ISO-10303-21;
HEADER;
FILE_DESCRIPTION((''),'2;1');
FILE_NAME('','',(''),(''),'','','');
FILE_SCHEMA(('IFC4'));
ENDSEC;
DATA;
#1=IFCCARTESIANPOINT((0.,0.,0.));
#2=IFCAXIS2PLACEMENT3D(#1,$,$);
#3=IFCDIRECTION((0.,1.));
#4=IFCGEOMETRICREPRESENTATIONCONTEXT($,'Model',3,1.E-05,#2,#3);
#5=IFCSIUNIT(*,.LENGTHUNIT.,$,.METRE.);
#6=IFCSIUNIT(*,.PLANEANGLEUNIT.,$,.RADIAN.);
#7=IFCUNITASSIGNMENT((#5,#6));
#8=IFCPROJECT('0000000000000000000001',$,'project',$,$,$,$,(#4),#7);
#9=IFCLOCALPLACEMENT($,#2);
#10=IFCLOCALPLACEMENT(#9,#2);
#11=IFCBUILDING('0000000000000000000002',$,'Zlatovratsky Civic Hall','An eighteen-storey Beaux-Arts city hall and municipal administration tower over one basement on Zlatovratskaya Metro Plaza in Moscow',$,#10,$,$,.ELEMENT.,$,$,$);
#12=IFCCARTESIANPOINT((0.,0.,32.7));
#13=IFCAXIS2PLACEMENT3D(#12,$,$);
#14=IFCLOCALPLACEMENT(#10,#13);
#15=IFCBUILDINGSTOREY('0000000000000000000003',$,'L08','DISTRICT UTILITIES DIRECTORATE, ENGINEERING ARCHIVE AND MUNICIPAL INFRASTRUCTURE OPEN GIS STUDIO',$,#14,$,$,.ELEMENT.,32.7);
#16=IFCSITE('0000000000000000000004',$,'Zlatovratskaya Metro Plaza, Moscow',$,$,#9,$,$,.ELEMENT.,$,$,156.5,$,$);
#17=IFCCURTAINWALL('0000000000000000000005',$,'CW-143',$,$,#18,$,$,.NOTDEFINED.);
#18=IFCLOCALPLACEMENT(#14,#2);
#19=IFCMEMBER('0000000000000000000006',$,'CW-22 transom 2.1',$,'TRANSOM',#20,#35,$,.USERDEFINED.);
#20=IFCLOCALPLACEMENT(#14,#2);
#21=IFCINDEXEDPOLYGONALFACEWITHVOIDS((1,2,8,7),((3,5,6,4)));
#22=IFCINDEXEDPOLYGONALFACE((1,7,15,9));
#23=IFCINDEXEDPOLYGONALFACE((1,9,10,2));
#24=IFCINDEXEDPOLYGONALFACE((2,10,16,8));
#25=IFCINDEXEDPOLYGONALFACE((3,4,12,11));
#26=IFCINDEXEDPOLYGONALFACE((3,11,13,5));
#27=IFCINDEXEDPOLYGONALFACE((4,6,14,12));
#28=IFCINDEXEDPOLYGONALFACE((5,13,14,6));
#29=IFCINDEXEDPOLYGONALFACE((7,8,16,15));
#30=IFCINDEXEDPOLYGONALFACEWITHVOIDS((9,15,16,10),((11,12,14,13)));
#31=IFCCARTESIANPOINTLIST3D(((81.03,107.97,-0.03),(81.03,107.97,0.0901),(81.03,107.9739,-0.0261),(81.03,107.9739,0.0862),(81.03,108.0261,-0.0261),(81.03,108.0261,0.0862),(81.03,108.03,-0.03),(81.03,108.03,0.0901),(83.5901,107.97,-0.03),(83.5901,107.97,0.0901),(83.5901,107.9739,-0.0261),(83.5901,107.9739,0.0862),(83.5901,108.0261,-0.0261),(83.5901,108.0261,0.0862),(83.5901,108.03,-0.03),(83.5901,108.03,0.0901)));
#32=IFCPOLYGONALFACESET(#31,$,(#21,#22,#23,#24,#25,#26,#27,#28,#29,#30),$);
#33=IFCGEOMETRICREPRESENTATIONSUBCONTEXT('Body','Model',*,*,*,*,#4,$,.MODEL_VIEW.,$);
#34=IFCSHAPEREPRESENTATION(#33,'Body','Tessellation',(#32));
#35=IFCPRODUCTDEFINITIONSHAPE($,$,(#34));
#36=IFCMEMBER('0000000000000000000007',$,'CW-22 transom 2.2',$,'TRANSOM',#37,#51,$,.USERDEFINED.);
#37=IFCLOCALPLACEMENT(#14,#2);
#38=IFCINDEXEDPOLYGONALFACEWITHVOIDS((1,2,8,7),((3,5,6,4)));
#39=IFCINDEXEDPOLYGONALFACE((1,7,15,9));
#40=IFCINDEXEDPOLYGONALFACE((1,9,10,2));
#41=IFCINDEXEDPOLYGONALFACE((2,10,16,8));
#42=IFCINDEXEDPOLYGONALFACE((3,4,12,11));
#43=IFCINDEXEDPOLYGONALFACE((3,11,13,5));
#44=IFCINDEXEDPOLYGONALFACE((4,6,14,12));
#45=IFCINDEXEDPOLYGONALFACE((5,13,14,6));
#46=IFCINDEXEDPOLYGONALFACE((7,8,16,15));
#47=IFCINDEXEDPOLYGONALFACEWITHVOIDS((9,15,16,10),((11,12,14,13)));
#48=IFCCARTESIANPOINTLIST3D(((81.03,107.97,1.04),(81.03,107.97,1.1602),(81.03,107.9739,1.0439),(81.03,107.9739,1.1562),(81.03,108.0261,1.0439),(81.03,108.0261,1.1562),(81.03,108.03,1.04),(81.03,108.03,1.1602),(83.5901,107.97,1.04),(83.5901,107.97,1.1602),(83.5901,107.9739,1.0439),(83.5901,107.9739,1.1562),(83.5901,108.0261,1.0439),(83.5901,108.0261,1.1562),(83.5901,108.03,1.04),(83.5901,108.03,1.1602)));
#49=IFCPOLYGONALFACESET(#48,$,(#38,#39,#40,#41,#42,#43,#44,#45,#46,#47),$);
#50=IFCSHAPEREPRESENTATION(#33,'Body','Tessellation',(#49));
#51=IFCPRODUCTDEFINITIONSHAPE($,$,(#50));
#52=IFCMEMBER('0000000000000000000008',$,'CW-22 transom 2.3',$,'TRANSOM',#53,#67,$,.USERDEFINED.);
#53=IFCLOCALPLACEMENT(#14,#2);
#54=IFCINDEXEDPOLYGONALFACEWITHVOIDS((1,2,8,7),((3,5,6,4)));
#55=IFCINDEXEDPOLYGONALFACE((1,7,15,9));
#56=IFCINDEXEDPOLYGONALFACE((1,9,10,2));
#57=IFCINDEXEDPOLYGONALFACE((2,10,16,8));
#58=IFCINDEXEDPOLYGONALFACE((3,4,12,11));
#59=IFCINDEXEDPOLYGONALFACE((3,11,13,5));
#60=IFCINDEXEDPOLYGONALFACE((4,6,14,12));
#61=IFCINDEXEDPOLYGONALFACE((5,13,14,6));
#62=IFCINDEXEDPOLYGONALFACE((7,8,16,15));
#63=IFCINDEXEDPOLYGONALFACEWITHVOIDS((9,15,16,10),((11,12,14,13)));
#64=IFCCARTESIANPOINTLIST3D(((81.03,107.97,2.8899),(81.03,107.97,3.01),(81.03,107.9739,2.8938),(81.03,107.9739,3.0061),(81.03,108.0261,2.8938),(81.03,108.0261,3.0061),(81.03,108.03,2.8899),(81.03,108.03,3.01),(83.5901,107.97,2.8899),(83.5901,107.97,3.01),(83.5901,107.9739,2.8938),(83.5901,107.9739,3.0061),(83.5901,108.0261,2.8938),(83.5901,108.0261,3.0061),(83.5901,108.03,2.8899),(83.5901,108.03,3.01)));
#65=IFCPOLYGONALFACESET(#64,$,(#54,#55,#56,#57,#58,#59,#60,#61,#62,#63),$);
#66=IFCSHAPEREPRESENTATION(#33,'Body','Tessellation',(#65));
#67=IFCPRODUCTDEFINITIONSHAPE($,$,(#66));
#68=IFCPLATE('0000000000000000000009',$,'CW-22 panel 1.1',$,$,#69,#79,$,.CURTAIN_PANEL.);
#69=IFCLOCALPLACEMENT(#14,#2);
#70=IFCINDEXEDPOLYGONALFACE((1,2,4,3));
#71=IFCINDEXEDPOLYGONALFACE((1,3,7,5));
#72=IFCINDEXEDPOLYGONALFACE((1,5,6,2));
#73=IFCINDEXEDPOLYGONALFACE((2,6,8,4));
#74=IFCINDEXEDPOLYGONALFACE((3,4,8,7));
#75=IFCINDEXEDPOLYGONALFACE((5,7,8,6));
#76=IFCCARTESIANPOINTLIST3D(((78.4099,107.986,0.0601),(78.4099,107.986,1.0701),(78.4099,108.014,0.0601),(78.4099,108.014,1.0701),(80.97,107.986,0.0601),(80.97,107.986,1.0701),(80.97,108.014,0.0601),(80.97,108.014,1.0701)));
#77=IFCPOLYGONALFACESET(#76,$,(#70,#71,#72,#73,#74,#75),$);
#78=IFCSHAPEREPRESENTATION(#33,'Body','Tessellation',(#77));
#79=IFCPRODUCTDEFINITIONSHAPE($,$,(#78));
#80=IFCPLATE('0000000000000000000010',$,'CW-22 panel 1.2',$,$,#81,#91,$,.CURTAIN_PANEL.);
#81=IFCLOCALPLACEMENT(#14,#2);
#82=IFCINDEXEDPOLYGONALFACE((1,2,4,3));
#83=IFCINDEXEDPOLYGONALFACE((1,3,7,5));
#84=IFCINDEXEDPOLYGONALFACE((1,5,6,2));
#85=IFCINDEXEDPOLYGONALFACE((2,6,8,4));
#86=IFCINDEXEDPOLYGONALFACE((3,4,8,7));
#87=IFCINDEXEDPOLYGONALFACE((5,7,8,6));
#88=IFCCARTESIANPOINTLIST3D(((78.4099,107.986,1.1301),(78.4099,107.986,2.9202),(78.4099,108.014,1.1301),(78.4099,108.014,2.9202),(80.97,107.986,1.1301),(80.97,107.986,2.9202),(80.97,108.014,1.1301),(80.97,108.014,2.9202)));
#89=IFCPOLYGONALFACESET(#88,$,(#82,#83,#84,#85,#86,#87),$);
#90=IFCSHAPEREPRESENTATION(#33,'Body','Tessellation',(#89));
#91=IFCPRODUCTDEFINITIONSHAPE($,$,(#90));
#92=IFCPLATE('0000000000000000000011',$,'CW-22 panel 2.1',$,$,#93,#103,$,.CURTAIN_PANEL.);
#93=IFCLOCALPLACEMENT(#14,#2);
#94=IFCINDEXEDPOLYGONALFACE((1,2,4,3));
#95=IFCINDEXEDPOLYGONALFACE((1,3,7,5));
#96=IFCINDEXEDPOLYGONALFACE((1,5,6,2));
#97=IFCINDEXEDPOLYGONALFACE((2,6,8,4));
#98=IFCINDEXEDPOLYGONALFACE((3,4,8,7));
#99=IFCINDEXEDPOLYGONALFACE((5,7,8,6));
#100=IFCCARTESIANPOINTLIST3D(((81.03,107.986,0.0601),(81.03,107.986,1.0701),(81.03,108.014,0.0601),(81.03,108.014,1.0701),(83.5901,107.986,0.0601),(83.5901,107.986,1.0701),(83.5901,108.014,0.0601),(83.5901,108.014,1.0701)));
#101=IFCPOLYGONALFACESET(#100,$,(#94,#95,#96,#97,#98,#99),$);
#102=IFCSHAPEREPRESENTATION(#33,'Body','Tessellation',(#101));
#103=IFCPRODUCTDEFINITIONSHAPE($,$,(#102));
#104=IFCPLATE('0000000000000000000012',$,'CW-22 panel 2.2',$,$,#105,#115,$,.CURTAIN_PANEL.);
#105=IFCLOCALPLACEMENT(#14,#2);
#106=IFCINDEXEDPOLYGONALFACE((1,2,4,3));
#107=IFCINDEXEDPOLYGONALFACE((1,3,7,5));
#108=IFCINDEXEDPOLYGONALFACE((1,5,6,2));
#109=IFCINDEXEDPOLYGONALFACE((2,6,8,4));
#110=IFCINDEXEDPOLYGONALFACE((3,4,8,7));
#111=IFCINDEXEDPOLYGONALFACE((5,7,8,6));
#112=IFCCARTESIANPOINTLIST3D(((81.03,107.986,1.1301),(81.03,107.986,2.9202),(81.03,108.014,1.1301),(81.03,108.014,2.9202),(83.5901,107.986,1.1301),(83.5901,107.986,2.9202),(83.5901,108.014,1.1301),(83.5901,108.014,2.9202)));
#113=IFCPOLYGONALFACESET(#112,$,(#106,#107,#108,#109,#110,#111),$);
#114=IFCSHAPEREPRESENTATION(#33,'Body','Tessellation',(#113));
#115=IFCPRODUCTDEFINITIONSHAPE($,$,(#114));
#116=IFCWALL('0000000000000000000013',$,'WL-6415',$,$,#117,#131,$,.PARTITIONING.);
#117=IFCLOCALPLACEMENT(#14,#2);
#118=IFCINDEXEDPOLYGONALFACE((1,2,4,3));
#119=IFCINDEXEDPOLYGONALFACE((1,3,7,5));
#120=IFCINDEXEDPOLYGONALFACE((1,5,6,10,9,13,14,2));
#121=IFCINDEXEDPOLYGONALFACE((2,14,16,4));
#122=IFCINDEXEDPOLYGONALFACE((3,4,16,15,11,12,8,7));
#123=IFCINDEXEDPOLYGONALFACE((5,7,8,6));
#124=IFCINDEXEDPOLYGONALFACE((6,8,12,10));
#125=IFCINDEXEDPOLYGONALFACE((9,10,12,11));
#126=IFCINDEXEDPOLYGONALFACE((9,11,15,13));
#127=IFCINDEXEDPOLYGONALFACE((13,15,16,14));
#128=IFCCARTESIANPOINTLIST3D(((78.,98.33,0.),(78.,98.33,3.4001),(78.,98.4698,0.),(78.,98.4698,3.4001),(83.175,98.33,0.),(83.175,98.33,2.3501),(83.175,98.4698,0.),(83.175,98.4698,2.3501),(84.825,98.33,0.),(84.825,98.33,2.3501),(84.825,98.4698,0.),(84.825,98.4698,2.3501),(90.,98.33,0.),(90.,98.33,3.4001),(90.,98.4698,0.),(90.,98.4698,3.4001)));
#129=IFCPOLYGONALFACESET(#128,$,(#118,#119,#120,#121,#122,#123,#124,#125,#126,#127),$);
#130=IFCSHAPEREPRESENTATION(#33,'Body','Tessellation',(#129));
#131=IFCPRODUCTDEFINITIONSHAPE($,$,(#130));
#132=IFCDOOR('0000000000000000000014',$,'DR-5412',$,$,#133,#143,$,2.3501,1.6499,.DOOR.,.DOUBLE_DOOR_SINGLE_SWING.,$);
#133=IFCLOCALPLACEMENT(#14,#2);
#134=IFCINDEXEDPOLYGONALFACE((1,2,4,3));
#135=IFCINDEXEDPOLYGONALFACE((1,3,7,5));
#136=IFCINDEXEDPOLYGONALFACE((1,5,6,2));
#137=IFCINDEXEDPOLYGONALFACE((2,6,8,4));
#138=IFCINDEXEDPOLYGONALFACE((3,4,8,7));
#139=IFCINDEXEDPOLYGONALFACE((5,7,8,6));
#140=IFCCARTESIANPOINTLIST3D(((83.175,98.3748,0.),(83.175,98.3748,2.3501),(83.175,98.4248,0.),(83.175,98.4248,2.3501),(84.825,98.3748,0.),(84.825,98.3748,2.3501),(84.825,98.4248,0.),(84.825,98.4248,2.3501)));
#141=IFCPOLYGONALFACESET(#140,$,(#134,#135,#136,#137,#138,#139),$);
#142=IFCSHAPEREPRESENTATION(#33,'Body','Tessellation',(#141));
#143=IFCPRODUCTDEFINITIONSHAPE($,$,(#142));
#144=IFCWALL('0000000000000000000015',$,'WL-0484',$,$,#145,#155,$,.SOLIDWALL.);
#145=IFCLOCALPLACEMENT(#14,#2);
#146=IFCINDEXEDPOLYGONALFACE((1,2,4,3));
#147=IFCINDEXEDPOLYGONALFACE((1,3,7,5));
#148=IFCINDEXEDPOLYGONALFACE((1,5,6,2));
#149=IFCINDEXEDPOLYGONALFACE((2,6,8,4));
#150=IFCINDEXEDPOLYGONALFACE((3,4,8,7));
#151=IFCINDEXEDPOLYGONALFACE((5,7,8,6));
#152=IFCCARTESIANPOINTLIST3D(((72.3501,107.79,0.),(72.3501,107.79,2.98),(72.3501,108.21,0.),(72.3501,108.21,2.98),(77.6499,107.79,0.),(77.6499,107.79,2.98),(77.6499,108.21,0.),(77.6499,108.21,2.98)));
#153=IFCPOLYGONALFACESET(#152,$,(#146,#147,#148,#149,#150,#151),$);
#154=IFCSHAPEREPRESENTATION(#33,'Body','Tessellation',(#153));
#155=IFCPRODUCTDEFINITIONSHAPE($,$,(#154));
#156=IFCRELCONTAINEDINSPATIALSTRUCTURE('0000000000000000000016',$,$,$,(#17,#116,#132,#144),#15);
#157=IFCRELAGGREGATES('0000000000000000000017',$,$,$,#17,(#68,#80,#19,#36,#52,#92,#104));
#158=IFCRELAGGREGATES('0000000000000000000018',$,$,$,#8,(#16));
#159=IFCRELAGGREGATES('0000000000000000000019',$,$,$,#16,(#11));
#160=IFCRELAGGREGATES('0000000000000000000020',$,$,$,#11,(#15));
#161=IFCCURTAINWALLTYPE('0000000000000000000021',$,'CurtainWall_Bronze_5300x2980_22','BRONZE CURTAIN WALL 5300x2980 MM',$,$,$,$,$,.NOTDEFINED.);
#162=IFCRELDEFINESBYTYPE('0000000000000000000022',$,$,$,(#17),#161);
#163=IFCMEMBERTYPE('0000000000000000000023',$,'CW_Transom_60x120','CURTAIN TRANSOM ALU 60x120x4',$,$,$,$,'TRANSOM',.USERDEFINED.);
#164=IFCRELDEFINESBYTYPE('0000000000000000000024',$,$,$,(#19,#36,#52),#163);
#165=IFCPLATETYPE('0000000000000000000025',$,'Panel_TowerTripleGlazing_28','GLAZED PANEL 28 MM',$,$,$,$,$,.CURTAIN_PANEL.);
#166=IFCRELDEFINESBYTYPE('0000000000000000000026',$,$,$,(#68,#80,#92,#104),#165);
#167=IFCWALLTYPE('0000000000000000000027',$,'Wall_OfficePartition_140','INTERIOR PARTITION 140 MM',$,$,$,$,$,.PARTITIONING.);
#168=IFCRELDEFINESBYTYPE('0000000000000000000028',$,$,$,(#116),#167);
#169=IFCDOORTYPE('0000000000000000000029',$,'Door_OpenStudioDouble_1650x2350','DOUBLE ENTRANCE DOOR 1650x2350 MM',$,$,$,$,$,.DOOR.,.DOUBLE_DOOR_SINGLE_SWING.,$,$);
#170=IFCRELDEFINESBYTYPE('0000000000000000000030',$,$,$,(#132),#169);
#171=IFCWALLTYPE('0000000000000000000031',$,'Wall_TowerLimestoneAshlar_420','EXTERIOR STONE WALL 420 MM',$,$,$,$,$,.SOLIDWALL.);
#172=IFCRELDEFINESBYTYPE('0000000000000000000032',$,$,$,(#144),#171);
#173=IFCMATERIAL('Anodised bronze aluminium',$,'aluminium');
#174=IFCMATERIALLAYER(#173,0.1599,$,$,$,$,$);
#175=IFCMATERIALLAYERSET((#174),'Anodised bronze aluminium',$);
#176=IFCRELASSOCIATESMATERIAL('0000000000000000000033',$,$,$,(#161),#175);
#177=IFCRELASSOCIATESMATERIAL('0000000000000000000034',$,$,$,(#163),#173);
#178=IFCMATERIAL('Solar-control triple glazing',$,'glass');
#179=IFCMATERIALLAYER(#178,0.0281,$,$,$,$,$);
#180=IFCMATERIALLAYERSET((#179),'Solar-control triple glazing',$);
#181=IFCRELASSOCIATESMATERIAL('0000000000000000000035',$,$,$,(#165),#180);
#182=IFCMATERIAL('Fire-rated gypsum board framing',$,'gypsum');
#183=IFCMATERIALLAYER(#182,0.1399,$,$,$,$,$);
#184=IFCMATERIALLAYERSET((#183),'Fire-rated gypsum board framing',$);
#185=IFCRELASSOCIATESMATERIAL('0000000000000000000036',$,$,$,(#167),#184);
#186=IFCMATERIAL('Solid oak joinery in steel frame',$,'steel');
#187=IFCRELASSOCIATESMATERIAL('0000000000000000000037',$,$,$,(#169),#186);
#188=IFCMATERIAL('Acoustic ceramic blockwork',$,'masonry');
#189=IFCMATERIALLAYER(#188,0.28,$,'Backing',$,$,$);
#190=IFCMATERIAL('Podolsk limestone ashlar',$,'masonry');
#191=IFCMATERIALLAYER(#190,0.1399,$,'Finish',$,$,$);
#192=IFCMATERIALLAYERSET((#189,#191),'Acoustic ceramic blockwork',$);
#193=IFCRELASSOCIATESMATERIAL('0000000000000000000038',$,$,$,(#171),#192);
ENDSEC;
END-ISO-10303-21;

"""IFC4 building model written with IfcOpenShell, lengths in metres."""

from ifc_helpers import new_model, si_unit, direction, frame, frame_2d, origin, origin_2d, place, context, subcontext, project, spatial, rectangle, hollow_rectangle, extrude, material, layer, layer_set, material_profile, profile_set, type_object, element, fill, aggregate, save


model = new_model("IFC4")

# Units and contexts
model_context = context("Model", 3, precision=1e-05, world=origin(), true_north=direction((0.0, 1.0)))
body_context = subcontext(model_context, "Body", "Model", "MODEL_VIEW")
ifc_project = project(units=[si_unit("LENGTHUNIT", "METRE"), si_unit("PLANEANGLEUNIT", "RADIAN")], contexts=[model_context])

# Site, building, storey
site_placement = place(None, origin())
site = spatial("IfcSite", under=ifc_project, at=site_placement, Name="Zlatovratskaya Metro Plaza, Moscow", CompositionType="ELEMENT", RefElevation=156.5)
building_placement = place(site_placement, origin())
building = spatial("IfcBuilding", under=site, at=building_placement, Name="Zlatovratsky Civic Hall", Description="An eighteen-storey Beaux-Arts city hall and municipal administration tower over one basement on Zlatovratskaya Metro Plaza in Moscow", CompositionType="ELEMENT")
storey_placement = place(building_placement, frame((0.0, 0.0, 32.7)))
storey = spatial("IfcBuildingStorey", under=building, at=storey_placement, Name="L08", Description="DISTRICT UTILITIES DIRECTORATE, ENGINEERING ARCHIVE AND MUNICIPAL INFRASTRUCTURE OPEN GIS STUDIO", CompositionType="ELEMENT", Elevation=32.7)

# Curtain wall, members, plates
ifc_material_1 = material(Name="Anodised bronze aluminium", Category="aluminium")
ifc_layer_1 = layer(ifc_material_1, 0.1599)
ifc_layer_set_1 = layer_set([ifc_layer_1], Name="Anodised bronze aluminium")
curtain_wall_type = type_object("IfcCurtainWallType", Name="CurtainWall_Bronze_5300x2980_22", Description="BRONZE CURTAIN WALL 5300x2980 MM", PredefinedType="NOTDEFINED", material=ifc_layer_set_1)
curtain_wall_placement = place(storey_placement, origin())
curtain_wall = element("IfcCurtainWall", 1, at=curtain_wall_placement, inside=storey, type_object=curtain_wall_type, Name="CW-143", PredefinedType="NOTDEFINED")
ifc_material_profile_1 = material_profile(ifc_material_1, hollow_rectangle(XDim=0.0601, YDim=0.1201, WallThickness=0.0039, at=origin_2d()), Name="ALU 60x120x4")
ifc_profile_set_1 = profile_set([ifc_material_profile_1], Name="Anodised bronze aluminium")
member_type_1 = type_object("IfcMemberType", Name="CW_Transom_60x120", Description="CURTAIN TRANSOM ALU 60x120x4", ElementType="TRANSOM", PredefinedType="USERDEFINED", material=ifc_profile_set_1)
member_1_placement = place(storey_placement, frame((81.03, 108.0, 0.03), z_axis=(1.0, 0.0, 0.0), x_axis=(0.0, 1.0, 0.0)))
member_1 = element("IfcMember", 2, at=member_1_placement, type_object=member_type_1, Name="CW-22 transom 2.1", ObjectType="TRANSOM", PredefinedType="USERDEFINED", context=body_context, shape_type="SweptSolid", body=[
    extrude(hollow_rectangle(XDim=0.0601, YDim=0.1201, WallThickness=0.0039, at=origin_2d()), origin(), (0.0, 0.0, 1.0), 2.5601),
])
member_2_placement = place(storey_placement, frame((81.03, 108.0, 1.1001), z_axis=(1.0, 0.0, 0.0), x_axis=(0.0, 1.0, 0.0)))
member_2 = element("IfcMember", 3, at=member_2_placement, type_object=member_type_1, Name="CW-22 transom 2.2", ObjectType="TRANSOM", PredefinedType="USERDEFINED", context=body_context, shape_type="SweptSolid", body=[
    extrude(hollow_rectangle(XDim=0.0601, YDim=0.1201, WallThickness=0.0039, at=origin_2d()), origin(), (0.0, 0.0, 1.0), 2.5601),
])
member_3_placement = place(storey_placement, frame((81.03, 108.0, 2.95), z_axis=(1.0, 0.0, 0.0), x_axis=(0.0, 1.0, 0.0)))
member_3 = element("IfcMember", 4, at=member_3_placement, type_object=member_type_1, Name="CW-22 transom 2.3", ObjectType="TRANSOM", PredefinedType="USERDEFINED", context=body_context, shape_type="SweptSolid", body=[
    extrude(hollow_rectangle(XDim=0.0601, YDim=0.1201, WallThickness=0.0039, at=origin_2d()), origin(), (0.0, 0.0, 1.0), 2.5601),
])
ifc_material_2 = material(Name="Solar-control triple glazing", Category="glass")
ifc_layer_2 = layer(ifc_material_2, 0.0281)
ifc_layer_set_2 = layer_set([ifc_layer_2], Name="Solar-control triple glazing")
plate_type = type_object("IfcPlateType", Name="Panel_TowerTripleGlazing_28", Description="GLAZED PANEL 28 MM", PredefinedType="CURTAIN_PANEL", material=ifc_layer_set_2)
plate_1_placement = place(storey_placement, frame((79.6899, 108.0, 0.0601), z_axis=(0.0, 0.0, 1.0), x_axis=(1.0, 0.0, 0.0)))
plate_1 = element("IfcPlate", 5, at=plate_1_placement, type_object=plate_type, Name="CW-22 panel 1.1", PredefinedType="CURTAIN_PANEL", context=body_context, shape_type="SweptSolid", body=[
    extrude(rectangle(XDim=2.5601, YDim=0.0281, at=origin_2d()), origin(), (0.0, 0.0, 1.0), 1.01),
])
plate_2_placement = place(storey_placement, frame((79.6899, 108.0, 1.1301), z_axis=(0.0, 0.0, 1.0), x_axis=(1.0, 0.0, 0.0)))
plate_2 = element("IfcPlate", 6, at=plate_2_placement, type_object=plate_type, Name="CW-22 panel 1.2", PredefinedType="CURTAIN_PANEL", context=body_context, shape_type="SweptSolid", body=[
    extrude(rectangle(XDim=2.5601, YDim=0.0281, at=origin_2d()), origin(), (0.0, 0.0, 1.0), 1.79),
])
plate_3_placement = place(storey_placement, frame((82.3101, 108.0, 0.0601), z_axis=(0.0, 0.0, 1.0), x_axis=(1.0, 0.0, 0.0)))
plate_3 = element("IfcPlate", 7, at=plate_3_placement, type_object=plate_type, Name="CW-22 panel 2.1", PredefinedType="CURTAIN_PANEL", context=body_context, shape_type="SweptSolid", body=[
    extrude(rectangle(XDim=2.5601, YDim=0.0281, at=origin_2d()), origin(), (0.0, 0.0, 1.0), 1.01),
])
plate_4_placement = place(storey_placement, frame((82.3101, 108.0, 1.1301), z_axis=(0.0, 0.0, 1.0), x_axis=(1.0, 0.0, 0.0)))
plate_4 = element("IfcPlate", 8, at=plate_4_placement, type_object=plate_type, Name="CW-22 panel 2.2", PredefinedType="CURTAIN_PANEL", context=body_context, shape_type="SweptSolid", body=[
    extrude(rectangle(XDim=2.5601, YDim=0.0281, at=origin_2d()), origin(), (0.0, 0.0, 1.0), 1.79),
])
aggregate(curtain_wall, [plate_1, plate_2, member_1, member_2, member_3, plate_3, plate_4])

# Wall, opening, door
ifc_material_3 = material(Name="Fire-rated gypsum board framing", Category="gypsum")
ifc_layer_3 = layer(ifc_material_3, 0.1399)
ifc_layer_set_3 = layer_set([ifc_layer_3], Name="Fire-rated gypsum board framing")
wall_type_1 = type_object("IfcWallType", Name="Wall_OfficePartition_140", Description="INTERIOR PARTITION 140 MM", PredefinedType="PARTITIONING", material=ifc_layer_set_3)
wall_1_placement = place(storey_placement, frame((78.0, 98.3999, 0.0), z_axis=(0.0, 0.0, 1.0), x_axis=(1.0, 0.0, 0.0)))
wall_1 = element("IfcWall", 9, at=wall_1_placement, inside=storey, type_object=wall_type_1, Name="WL-6415", PredefinedType="PARTITIONING", context=body_context, shape_type="SweptSolid", body=[
    extrude(rectangle(XDim=12.0, YDim=0.1399, at=frame_2d((6.0, 0.0))), origin(), (0.0, 0.0, 1.0), 3.4001),
])
opening_placement = place(wall_1_placement, frame((5.175, 0.0, 0.0)))
opening = element("IfcOpeningElement", 10, at=opening_placement, cuts=wall_1, PredefinedType="OPENING", context=body_context, shape_type="SweptSolid", body=[
    extrude(rectangle(XDim=1.6499, YDim=2.3501, at=frame_2d((0.825, 1.175))), frame((0.0, 0.085, 0.0), z_axis=(0.0, -1.0, 0.0), x_axis=(1.0, 0.0, 0.0)), (0.0, 0.0, 1.0), 0.1697),
])
ifc_material_4 = material(Name="Solid oak joinery in steel frame", Category="steel")
door_type = type_object("IfcDoorType", Name="Door_OpenStudioDouble_1650x2350", Description="DOUBLE ENTRANCE DOOR 1650x2350 MM", OperationType="DOUBLE_DOOR_SINGLE_SWING", PredefinedType="DOOR", material=ifc_material_4)
door_placement = place(opening_placement, origin())
door = element("IfcDoor", 11, at=door_placement, inside=storey, type_object=door_type, Name="DR-5412", OperationType="DOUBLE_DOOR_SINGLE_SWING", OverallHeight=2.3501, OverallWidth=1.6499, PredefinedType="DOOR", context=body_context, shape_type="SweptSolid", body=[
    extrude(rectangle(XDim=1.6499, YDim=2.3501, at=frame_2d((0.825, 1.175))), frame((0.0, 0.0249, 0.0), z_axis=(0.0, -1.0, 0.0), x_axis=(1.0, 0.0, 0.0)), (0.0, 0.0, 1.0), 0.05),
])
fill(opening, door)

# Wall
ifc_material_5 = material(Name="Acoustic ceramic blockwork", Category="masonry")
ifc_layer_4 = layer(ifc_material_5, 0.28, Name="Backing")
ifc_material_6 = material(Name="Podolsk limestone ashlar", Category="masonry")
ifc_layer_5 = layer(ifc_material_6, 0.1399, Name="Finish")
ifc_layer_set_4 = layer_set([ifc_layer_4, ifc_layer_5], Name="Acoustic ceramic blockwork")
wall_type_2 = type_object("IfcWallType", Name="Wall_TowerLimestoneAshlar_420", Description="EXTERIOR STONE WALL 420 MM", PredefinedType="SOLIDWALL", material=ifc_layer_set_4)
wall_2_placement = place(storey_placement, frame((72.3501, 108.0, 0.0), z_axis=(0.0, 0.0, 1.0), x_axis=(1.0, 0.0, 0.0)))
element("IfcWall", 12, at=wall_2_placement, inside=storey, type_object=wall_type_2, Name="WL-0484", PredefinedType="SOLIDWALL", context=body_context, shape_type="SweptSolid", body=[
    extrude(rectangle(XDim=5.2998, YDim=0.4199, at=frame_2d((2.6499, 0.0))), origin(), (0.0, 0.0, 1.0), 2.98),
])

save(model, "model.ifc")
